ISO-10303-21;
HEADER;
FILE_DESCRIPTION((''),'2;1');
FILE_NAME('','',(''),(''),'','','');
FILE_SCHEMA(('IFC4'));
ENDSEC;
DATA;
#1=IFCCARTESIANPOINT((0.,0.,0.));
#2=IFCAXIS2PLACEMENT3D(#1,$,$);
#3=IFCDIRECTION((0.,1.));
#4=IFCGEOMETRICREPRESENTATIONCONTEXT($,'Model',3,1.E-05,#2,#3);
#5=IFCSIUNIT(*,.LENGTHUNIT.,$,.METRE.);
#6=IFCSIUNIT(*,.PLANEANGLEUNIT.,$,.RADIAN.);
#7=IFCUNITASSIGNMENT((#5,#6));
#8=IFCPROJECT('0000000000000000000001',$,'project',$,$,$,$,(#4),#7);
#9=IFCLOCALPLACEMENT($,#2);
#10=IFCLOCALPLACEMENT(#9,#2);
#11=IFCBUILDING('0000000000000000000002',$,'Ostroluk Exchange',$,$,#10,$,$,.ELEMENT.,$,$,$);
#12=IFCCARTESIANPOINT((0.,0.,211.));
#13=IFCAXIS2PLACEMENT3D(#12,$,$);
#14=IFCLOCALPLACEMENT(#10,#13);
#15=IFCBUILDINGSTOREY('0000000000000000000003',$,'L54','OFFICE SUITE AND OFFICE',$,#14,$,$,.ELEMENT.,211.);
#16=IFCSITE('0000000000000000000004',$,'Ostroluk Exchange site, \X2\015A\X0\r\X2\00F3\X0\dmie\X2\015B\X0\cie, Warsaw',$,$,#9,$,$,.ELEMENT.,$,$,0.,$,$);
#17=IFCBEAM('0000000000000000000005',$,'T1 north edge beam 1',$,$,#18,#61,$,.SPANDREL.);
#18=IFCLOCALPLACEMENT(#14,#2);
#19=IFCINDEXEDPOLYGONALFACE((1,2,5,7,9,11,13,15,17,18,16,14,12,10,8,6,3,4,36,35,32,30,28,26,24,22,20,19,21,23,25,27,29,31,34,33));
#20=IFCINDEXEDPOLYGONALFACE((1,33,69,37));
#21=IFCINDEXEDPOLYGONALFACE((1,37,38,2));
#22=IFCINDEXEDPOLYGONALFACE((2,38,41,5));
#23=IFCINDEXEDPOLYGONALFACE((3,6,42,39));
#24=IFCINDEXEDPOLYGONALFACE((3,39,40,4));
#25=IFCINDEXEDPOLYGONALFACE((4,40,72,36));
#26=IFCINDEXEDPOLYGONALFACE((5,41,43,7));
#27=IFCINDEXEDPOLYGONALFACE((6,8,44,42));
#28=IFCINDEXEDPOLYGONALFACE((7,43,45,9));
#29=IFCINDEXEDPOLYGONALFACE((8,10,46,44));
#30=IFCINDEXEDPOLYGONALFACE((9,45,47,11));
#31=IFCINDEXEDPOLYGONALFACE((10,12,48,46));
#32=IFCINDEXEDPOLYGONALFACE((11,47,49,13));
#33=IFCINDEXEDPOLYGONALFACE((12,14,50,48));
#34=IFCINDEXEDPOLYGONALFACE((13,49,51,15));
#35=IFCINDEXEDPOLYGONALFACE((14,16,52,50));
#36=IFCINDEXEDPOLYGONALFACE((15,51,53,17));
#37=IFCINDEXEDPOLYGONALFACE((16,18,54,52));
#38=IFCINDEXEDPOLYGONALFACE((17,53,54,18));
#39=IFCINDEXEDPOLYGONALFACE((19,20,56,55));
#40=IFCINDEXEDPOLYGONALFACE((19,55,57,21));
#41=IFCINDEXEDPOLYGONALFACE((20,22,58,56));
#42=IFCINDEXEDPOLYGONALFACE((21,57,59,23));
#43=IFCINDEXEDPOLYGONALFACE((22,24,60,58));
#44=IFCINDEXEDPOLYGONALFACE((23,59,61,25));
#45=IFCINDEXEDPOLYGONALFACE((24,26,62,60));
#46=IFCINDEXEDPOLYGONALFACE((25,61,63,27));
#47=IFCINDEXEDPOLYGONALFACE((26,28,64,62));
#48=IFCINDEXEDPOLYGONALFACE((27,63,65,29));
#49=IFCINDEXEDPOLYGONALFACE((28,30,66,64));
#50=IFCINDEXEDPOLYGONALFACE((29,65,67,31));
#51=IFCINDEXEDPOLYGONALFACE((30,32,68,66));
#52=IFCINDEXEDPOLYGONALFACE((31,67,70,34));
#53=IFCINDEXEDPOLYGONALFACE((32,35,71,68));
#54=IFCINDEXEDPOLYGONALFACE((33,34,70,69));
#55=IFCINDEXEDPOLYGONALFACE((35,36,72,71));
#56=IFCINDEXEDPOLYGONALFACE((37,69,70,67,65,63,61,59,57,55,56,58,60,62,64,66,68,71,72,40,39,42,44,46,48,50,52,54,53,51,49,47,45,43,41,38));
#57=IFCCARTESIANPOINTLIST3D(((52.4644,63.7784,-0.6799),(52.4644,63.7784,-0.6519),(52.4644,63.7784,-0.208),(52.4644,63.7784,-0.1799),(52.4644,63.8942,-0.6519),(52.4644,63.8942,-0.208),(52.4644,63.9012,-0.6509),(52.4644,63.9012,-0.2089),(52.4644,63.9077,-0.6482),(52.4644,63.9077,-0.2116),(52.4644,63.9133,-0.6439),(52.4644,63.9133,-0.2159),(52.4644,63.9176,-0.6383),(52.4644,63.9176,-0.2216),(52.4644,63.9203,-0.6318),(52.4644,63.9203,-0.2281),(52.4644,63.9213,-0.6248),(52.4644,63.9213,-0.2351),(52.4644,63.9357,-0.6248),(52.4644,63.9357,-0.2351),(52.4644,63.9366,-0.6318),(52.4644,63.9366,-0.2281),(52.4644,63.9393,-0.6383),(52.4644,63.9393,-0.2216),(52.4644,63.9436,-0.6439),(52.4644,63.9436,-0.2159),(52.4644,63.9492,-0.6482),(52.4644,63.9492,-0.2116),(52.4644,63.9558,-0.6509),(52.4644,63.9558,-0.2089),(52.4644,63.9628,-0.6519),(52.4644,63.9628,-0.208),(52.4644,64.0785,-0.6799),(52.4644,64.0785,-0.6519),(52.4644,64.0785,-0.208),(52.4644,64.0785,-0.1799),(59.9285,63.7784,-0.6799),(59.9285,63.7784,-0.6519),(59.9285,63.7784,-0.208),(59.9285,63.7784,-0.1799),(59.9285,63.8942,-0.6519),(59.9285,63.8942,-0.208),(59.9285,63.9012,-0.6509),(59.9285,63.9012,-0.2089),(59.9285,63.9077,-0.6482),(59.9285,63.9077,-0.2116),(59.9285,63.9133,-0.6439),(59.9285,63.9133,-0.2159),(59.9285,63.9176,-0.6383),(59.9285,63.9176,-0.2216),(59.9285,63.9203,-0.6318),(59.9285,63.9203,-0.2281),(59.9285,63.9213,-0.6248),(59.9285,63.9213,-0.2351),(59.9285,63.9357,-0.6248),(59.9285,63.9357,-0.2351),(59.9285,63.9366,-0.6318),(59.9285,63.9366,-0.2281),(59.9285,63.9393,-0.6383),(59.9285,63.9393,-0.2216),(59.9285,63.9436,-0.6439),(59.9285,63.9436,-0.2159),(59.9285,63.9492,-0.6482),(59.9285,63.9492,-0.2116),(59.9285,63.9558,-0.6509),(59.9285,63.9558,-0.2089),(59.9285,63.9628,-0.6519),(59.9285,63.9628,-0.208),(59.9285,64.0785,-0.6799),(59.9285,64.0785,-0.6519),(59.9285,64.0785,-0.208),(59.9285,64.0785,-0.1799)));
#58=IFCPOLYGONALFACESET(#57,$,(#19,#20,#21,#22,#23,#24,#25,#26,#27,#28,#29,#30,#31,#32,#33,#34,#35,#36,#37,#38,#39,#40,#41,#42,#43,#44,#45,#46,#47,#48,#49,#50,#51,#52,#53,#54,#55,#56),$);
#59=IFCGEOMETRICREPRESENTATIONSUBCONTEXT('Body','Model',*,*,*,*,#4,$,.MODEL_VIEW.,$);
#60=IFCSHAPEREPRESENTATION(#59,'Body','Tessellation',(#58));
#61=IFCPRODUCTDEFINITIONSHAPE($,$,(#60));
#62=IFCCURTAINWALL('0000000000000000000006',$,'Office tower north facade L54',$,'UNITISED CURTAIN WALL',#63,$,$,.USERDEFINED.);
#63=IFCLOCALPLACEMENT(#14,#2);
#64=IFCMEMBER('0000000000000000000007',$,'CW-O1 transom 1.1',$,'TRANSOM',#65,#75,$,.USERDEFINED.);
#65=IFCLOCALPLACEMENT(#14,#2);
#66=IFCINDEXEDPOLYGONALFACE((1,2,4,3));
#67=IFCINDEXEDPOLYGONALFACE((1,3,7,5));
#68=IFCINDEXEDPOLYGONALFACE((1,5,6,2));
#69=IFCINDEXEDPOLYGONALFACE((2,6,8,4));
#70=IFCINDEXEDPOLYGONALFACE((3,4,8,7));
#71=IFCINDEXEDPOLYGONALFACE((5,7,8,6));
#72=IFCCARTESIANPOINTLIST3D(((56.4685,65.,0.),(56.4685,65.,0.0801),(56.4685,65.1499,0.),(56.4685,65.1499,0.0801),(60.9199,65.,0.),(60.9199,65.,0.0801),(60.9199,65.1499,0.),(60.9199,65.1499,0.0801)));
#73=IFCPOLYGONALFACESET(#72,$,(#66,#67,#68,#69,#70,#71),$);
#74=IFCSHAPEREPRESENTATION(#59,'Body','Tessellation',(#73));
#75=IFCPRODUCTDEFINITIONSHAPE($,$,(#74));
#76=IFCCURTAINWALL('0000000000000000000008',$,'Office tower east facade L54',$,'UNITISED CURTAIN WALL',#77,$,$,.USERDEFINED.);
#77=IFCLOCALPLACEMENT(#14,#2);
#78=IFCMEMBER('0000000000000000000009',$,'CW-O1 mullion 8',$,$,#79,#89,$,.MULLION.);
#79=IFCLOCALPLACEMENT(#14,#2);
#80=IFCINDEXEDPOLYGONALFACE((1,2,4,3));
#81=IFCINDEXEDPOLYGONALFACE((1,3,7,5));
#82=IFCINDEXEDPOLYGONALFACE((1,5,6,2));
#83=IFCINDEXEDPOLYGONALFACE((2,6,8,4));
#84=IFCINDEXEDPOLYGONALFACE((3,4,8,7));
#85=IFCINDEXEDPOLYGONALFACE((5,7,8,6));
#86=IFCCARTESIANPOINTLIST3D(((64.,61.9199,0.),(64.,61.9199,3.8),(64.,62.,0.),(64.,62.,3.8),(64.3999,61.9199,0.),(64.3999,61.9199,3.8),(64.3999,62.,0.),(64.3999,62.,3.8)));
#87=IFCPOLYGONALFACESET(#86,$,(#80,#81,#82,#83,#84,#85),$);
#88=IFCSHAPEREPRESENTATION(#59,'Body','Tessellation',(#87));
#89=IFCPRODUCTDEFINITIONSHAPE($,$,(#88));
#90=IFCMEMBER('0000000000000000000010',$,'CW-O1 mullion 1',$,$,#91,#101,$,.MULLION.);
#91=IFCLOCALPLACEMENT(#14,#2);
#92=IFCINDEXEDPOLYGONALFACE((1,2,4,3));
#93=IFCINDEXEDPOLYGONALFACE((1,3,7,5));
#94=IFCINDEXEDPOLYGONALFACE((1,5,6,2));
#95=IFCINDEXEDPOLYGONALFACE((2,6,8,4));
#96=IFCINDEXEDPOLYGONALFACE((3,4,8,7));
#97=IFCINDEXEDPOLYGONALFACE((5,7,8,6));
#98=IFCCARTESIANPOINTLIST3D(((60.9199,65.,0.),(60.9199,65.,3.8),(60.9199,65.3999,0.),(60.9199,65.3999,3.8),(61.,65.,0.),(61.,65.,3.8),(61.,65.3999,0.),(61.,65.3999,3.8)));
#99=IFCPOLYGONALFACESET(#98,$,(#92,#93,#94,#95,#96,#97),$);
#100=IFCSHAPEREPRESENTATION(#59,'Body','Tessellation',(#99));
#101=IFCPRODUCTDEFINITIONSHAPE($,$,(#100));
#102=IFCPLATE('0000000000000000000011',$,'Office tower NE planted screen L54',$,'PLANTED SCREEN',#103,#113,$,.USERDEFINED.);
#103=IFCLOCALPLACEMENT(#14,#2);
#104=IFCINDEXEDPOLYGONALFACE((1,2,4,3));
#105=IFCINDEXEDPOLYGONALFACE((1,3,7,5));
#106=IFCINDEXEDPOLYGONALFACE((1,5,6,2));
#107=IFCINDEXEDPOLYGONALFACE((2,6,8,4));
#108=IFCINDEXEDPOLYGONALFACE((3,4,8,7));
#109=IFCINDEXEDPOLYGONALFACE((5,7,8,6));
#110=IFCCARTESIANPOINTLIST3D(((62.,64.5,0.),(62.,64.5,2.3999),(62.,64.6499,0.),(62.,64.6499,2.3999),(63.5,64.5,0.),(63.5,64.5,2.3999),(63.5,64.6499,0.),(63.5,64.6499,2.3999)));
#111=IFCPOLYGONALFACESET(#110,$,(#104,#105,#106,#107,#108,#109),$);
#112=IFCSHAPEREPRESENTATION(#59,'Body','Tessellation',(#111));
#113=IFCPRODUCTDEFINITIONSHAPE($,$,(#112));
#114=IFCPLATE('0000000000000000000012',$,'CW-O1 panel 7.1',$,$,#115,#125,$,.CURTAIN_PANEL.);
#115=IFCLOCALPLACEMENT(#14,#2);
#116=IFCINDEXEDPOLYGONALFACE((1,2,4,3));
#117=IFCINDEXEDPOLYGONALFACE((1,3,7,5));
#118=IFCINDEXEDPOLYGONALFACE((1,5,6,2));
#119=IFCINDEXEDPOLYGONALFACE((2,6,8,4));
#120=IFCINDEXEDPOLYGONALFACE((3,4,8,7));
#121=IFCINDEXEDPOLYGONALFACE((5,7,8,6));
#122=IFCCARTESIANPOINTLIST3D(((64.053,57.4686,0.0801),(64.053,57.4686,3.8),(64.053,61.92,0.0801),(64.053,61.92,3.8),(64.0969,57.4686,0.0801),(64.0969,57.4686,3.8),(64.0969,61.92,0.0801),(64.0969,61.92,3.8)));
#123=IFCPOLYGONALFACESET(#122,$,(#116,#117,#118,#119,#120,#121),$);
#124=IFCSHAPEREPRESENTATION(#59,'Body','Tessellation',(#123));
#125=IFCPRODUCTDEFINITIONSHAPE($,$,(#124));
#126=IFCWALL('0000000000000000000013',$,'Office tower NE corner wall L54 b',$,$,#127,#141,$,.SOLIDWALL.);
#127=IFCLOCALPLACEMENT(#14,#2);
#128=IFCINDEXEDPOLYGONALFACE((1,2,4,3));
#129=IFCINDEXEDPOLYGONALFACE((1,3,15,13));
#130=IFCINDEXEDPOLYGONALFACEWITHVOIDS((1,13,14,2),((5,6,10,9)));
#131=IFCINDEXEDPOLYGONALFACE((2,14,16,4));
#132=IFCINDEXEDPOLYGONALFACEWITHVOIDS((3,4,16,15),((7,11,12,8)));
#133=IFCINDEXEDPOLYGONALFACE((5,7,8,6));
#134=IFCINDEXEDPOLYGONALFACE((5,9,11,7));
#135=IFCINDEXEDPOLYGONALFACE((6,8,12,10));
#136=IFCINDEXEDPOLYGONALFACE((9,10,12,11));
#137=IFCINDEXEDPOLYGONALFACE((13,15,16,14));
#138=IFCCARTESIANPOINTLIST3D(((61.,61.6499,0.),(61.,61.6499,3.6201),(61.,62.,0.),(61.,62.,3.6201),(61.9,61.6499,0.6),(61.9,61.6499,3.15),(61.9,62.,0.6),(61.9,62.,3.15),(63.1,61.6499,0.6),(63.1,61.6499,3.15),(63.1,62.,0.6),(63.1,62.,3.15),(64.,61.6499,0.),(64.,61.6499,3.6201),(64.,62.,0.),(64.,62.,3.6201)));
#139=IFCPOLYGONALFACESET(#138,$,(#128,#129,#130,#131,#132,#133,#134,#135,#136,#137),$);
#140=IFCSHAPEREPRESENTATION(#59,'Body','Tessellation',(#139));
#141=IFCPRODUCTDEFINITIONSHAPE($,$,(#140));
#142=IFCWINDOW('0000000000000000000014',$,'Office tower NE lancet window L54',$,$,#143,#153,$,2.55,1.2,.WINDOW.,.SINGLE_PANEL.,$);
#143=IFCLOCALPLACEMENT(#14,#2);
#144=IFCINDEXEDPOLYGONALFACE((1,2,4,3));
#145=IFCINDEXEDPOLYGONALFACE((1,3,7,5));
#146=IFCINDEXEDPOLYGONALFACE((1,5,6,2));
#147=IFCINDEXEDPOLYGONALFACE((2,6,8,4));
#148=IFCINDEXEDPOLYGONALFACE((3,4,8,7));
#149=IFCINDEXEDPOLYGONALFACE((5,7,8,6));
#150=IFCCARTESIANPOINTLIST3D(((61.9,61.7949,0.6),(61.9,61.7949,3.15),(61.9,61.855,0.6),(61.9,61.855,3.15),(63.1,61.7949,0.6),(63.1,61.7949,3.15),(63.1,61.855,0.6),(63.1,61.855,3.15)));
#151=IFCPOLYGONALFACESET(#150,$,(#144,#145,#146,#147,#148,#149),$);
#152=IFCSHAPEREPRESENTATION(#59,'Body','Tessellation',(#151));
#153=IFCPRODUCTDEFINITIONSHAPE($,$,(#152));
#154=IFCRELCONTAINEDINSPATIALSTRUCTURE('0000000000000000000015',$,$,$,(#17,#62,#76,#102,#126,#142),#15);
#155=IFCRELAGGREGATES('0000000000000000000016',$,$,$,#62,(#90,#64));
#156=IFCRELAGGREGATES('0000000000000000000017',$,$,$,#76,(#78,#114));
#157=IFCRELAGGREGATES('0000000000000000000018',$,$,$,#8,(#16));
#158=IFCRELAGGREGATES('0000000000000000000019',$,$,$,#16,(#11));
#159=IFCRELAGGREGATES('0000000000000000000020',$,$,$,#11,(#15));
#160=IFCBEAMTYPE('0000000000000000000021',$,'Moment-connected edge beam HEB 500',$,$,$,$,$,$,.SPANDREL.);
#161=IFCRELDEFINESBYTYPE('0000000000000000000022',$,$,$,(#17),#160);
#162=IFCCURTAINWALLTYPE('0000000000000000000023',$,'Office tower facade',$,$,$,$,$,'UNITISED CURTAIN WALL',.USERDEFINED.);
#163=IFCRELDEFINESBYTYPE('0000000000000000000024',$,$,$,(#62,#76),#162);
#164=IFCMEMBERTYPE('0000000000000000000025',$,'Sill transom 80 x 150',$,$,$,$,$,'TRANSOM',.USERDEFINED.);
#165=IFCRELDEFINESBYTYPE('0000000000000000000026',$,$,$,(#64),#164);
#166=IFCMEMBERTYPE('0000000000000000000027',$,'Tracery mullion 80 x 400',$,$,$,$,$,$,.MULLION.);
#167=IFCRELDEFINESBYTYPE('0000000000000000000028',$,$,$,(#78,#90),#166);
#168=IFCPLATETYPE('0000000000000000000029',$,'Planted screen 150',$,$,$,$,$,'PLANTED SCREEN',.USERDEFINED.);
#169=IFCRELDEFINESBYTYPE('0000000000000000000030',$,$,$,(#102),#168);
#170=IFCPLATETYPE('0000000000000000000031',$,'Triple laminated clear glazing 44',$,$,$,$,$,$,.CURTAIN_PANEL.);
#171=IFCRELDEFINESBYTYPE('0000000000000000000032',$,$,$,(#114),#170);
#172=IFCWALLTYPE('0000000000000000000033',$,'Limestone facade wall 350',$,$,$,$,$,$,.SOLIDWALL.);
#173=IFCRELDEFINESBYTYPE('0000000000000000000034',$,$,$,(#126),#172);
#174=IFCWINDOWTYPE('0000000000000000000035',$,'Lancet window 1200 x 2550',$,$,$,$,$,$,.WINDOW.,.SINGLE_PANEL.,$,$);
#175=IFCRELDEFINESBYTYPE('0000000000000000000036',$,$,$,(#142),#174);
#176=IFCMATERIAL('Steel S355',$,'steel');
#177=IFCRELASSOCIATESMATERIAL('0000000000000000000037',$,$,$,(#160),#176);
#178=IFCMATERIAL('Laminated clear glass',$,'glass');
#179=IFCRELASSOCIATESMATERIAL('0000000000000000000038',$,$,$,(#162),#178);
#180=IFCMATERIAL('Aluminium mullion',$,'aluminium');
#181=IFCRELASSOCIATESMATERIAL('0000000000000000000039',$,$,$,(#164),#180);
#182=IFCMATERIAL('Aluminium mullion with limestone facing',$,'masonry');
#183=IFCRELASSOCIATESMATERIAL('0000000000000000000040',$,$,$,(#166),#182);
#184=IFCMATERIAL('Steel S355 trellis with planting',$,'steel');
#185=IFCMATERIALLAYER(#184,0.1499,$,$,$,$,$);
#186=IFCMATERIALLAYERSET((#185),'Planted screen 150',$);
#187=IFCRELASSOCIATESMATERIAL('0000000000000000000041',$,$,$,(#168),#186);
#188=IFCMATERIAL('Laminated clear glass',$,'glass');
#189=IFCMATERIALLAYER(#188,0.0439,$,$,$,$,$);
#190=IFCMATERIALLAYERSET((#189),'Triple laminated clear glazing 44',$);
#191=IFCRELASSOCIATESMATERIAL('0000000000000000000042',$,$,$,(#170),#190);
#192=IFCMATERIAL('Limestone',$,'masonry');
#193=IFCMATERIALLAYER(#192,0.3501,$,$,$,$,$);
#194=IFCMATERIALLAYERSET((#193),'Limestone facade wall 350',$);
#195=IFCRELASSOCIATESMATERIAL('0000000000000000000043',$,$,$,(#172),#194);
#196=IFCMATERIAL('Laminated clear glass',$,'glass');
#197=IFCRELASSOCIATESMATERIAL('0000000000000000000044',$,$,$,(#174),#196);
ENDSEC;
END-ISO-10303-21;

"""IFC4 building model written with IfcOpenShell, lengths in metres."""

from ifc_helpers import new_model, si_unit, direction, frame, frame_2d, origin, origin_2d, place, context, subcontext, project, spatial, rectangle, i_section, extrude, material, layer, layer_set, material_profile, profile_set, type_object, element, fill, aggregate, save


model = new_model("IFC4")

# Units and contexts
model_context = context("Model", 3, precision=1e-05, world=origin(), true_north=direction((0.0, 1.0)))
body_context = subcontext(model_context, "Body", "Model", "MODEL_VIEW")
ifc_project = project(units=[si_unit("LENGTHUNIT", "METRE"), si_unit("PLANEANGLEUNIT", "RADIAN")], contexts=[model_context])

# Site, building, storey
site_placement = place(None, origin())
site = spatial("IfcSite", under=ifc_project, at=site_placement, Name="Ostroluk Exchange site, Śródmieście, Warsaw", CompositionType="ELEMENT", RefElevation=0.0)
building_placement = place(site_placement, origin())
building = spatial("IfcBuilding", under=site, at=building_placement, Name="Ostroluk Exchange", CompositionType="ELEMENT")
storey_placement = place(building_placement, frame((0.0, 0.0, 211.0)))
storey = spatial("IfcBuildingStorey", under=building, at=storey_placement, Name="L54", Description="OFFICE SUITE AND OFFICE", CompositionType="ELEMENT", Elevation=211.0)

# Beam
ifc_material_1 = material(Name="Steel S355", Category="steel")
ifc_material_profile_1 = material_profile(ifc_material_1, i_section(OverallWidth=0.3, OverallDepth=0.5, WebThickness=0.0144, FlangeThickness=0.0281, FilletRadius=0.0271, at=origin_2d()), Name="HEB 500")
ifc_profile_set_1 = profile_set([ifc_material_profile_1], Name="Steel S355")
beam_type_1 = type_object("IfcBeamType", Name="Moment-connected edge beam HEB 500", PredefinedType="SPANDREL", material=ifc_profile_set_1)
beam_1_placement = place(storey_placement, frame((59.9285, 63.9285, -0.4299), z_axis=(-1.0, 0.0, 0.0), x_axis=(0.0, -1.0, 0.0)))
element("IfcBeam", 1, at=beam_1_placement, inside=storey, type_object=beam_type_1, Name="T1 north edge beam 1", PredefinedType="SPANDREL", context=body_context, shape_type="SweptSolid", body=[
    extrude(i_section(OverallWidth=0.3, OverallDepth=0.5, WebThickness=0.0144, FlangeThickness=0.0281, FilletRadius=0.0271, at=origin_2d()), origin(), (0.0, 0.0, 1.0), 7.4641),
])

# Curtain walls, members
ifc_material_2 = material(Name="Laminated clear glass", Category="glass")
curtain_wall_type = type_object("IfcCurtainWallType", Name="Office tower facade", ElementType="UNITISED CURTAIN WALL", PredefinedType="USERDEFINED", material=ifc_material_2)
curtain_wall_1_placement = place(storey_placement, origin())
curtain_wall_1 = element("IfcCurtainWall", 2, at=curtain_wall_1_placement, inside=storey, type_object=curtain_wall_type, Name="Office tower north facade L54", ObjectType="UNITISED CURTAIN WALL", PredefinedType="USERDEFINED")
ifc_material_3 = material(Name="Aluminium mullion", Category="aluminium")
ifc_material_profile_2 = material_profile(ifc_material_3, rectangle(XDim=0.1499, YDim=0.0801, at=origin_2d()), Name="Sill transom 80 x 150")
ifc_profile_set_2 = profile_set([ifc_material_profile_2], Name="Aluminium mullion")
member_type_1 = type_object("IfcMemberType", Name="Sill transom 80 x 150", ElementType="TRANSOM", PredefinedType="USERDEFINED", material=ifc_profile_set_2)
member_1_placement = place(storey_placement, frame((60.9199, 65.075, 0.04), z_axis=(-1.0, 0.0, 0.0), x_axis=(0.0, -1.0, 0.0)))
member_1 = element("IfcMember", 3, at=member_1_placement, type_object=member_type_1, Name="CW-O1 transom 1.1", ObjectType="TRANSOM", PredefinedType="USERDEFINED", context=body_context, shape_type="SweptSolid", body=[
    extrude(rectangle(XDim=0.1499, YDim=0.0801, at=origin_2d()), origin(), (0.0, 0.0, 1.0), 4.4514),
])
curtain_wall_2_placement = place(storey_placement, origin())
curtain_wall_2 = element("IfcCurtainWall", 4, at=curtain_wall_2_placement, inside=storey, type_object=curtain_wall_type, Name="Office tower east facade L54", ObjectType="UNITISED CURTAIN WALL", PredefinedType="USERDEFINED")
ifc_material_4 = material(Name="Aluminium mullion with limestone facing", Category="masonry")
ifc_material_profile_3 = material_profile(ifc_material_4, rectangle(XDim=0.3999, YDim=0.0801, at=origin_2d()), Name="Tracery mullion 80 x 400")
ifc_profile_set_3 = profile_set([ifc_material_profile_3], Name="Aluminium mullion with limestone facing")
member_type_2 = type_object("IfcMemberType", Name="Tracery mullion 80 x 400", PredefinedType="MULLION", material=ifc_profile_set_3)
member_2_placement = place(storey_placement, frame((64.2, 61.96, 0.0), z_axis=(0.0, 0.0, 1.0), x_axis=(-1.0, 0.0, 0.0)))
member_2 = element("IfcMember", 5, at=member_2_placement, type_object=member_type_2, Name="CW-O1 mullion 8", PredefinedType="MULLION", context=body_context, shape_type="SweptSolid", body=[
    extrude(rectangle(XDim=0.3999, YDim=0.0801, at=origin_2d()), origin(), (0.0, 0.0, 1.0), 3.8),
])

# Member
member_3_placement = place(storey_placement, frame((60.96, 65.2, 0.0), z_axis=(0.0, 0.0, 1.0), x_axis=(0.0, -1.0, 0.0)))
member_3 = element("IfcMember", 6, at=member_3_placement, type_object=member_type_2, Name="CW-O1 mullion 1", PredefinedType="MULLION", context=body_context, shape_type="SweptSolid", body=[
    extrude(rectangle(XDim=0.3999, YDim=0.0801, at=origin_2d()), origin(), (0.0, 0.0, 1.0), 3.8),
])
aggregate(curtain_wall_1, [member_3, member_1])

# Plates
ifc_material_5 = material(Name="Steel S355 trellis with planting", Category="steel")
ifc_layer_1 = layer(ifc_material_5, 0.1499)
ifc_layer_set_1 = layer_set([ifc_layer_1], Name="Planted screen 150")
plate_type_1 = type_object("IfcPlateType", Name="Planted screen 150", ElementType="PLANTED SCREEN", PredefinedType="USERDEFINED", material=ifc_layer_set_1)
plate_1_placement = place(storey_placement, frame((62.75, 64.575, 0.0), z_axis=(0.0, 0.0, 1.0), x_axis=(1.0, 0.0, 0.0)))
element("IfcPlate", 7, at=plate_1_placement, inside=storey, type_object=plate_type_1, Name="Office tower NE planted screen L54", ObjectType="PLANTED SCREEN", PredefinedType="USERDEFINED", context=body_context, shape_type="SweptSolid", body=[
    extrude(rectangle(XDim=1.5, YDim=0.1499, at=origin_2d()), origin(), (0.0, 0.0, 1.0), 2.3999),
])
ifc_material_6 = material(Name="Laminated clear glass", Category="glass")
ifc_layer_2 = layer(ifc_material_6, 0.0439)
ifc_layer_set_2 = layer_set([ifc_layer_2], Name="Triple laminated clear glazing 44")
plate_type_2 = type_object("IfcPlateType", Name="Triple laminated clear glazing 44", PredefinedType="CURTAIN_PANEL", material=ifc_layer_set_2)
plate_2_placement = place(storey_placement, frame((64.075, 59.6943, 0.0801), z_axis=(0.0, 0.0, 1.0), x_axis=(0.0, 1.0, 0.0)))
plate_2 = element("IfcPlate", 8, at=plate_2_placement, type_object=plate_type_2, Name="CW-O1 panel 7.1", PredefinedType="CURTAIN_PANEL", context=body_context, shape_type="SweptSolid", body=[
    extrude(rectangle(XDim=4.4514, YDim=0.0439, at=origin_2d()), origin(), (0.0, 0.0, 1.0), 3.72),
])
aggregate(curtain_wall_2, [member_2, plate_2])

# Shared definitions
ifc_material_7 = material(Name="Limestone", Category="masonry")
ifc_layer_3 = layer(ifc_material_7, 0.3501)
ifc_layer_set_3 = layer_set([ifc_layer_3], Name="Limestone facade wall 350")
wall_type = type_object("IfcWallType", Name="Limestone facade wall 350", PredefinedType="SOLIDWALL", material=ifc_layer_set_3)

# Wall, opening, window
wall_1_placement = place(storey_placement, frame((61.0, 61.825, 0.0), z_axis=(0.0, 0.0, 1.0), x_axis=(1.0, 0.0, 0.0)))
wall_1 = element("IfcWall", 9, at=wall_1_placement, inside=storey, type_object=wall_type, Name="Office tower NE corner wall L54 b", PredefinedType="SOLIDWALL", context=body_context, shape_type="SweptSolid", body=[
    extrude(rectangle(XDim=3.0, YDim=0.3501, at=frame_2d((1.5, 0.0))), origin(), (0.0, 0.0, 1.0), 3.6201),
])
opening_1_placement = place(wall_1_placement, frame((0.8999, 0.0, 0.6001)))
opening_1 = element("IfcOpeningElement", 10, at=opening_1_placement, cuts=wall_1, PredefinedType="OPENING", context=body_context, shape_type="SweptSolid", body=[
    extrude(rectangle(XDim=1.2, YDim=2.55, at=frame_2d((0.6001, 1.2749))), frame((0.0, 0.1851, 0.0), z_axis=(0.0, -1.0, 0.0), x_axis=(1.0, 0.0, 0.0)), (0.0, 0.0, 1.0), 0.3701),
])
ifc_material_8 = material(Name="Laminated clear glass", Category="glass")
window_type = type_object("IfcWindowType", Name="Lancet window 1200 x 2550", PartitioningType="SINGLE_PANEL", PredefinedType="WINDOW", material=ifc_material_8)
window_placement = place(opening_1_placement, origin())
window = element("IfcWindow", 11, at=window_placement, inside=storey, type_object=window_type, Name="Office tower NE lancet window L54", OverallHeight=2.55, OverallWidth=1.2, PartitioningType="SINGLE_PANEL", PredefinedType="WINDOW", context=body_context, shape_type="SweptSolid", body=[
    extrude(rectangle(XDim=1.2, YDim=2.55, at=frame_2d((0.6001, 1.2749))), frame((0.0, 0.03, 0.0), z_axis=(0.0, -1.0, 0.0), x_axis=(1.0, 0.0, 0.0)), (0.0, 0.0, 1.0), 0.0601),
])
fill(opening_1, window)

save(model, "model.ifc")
